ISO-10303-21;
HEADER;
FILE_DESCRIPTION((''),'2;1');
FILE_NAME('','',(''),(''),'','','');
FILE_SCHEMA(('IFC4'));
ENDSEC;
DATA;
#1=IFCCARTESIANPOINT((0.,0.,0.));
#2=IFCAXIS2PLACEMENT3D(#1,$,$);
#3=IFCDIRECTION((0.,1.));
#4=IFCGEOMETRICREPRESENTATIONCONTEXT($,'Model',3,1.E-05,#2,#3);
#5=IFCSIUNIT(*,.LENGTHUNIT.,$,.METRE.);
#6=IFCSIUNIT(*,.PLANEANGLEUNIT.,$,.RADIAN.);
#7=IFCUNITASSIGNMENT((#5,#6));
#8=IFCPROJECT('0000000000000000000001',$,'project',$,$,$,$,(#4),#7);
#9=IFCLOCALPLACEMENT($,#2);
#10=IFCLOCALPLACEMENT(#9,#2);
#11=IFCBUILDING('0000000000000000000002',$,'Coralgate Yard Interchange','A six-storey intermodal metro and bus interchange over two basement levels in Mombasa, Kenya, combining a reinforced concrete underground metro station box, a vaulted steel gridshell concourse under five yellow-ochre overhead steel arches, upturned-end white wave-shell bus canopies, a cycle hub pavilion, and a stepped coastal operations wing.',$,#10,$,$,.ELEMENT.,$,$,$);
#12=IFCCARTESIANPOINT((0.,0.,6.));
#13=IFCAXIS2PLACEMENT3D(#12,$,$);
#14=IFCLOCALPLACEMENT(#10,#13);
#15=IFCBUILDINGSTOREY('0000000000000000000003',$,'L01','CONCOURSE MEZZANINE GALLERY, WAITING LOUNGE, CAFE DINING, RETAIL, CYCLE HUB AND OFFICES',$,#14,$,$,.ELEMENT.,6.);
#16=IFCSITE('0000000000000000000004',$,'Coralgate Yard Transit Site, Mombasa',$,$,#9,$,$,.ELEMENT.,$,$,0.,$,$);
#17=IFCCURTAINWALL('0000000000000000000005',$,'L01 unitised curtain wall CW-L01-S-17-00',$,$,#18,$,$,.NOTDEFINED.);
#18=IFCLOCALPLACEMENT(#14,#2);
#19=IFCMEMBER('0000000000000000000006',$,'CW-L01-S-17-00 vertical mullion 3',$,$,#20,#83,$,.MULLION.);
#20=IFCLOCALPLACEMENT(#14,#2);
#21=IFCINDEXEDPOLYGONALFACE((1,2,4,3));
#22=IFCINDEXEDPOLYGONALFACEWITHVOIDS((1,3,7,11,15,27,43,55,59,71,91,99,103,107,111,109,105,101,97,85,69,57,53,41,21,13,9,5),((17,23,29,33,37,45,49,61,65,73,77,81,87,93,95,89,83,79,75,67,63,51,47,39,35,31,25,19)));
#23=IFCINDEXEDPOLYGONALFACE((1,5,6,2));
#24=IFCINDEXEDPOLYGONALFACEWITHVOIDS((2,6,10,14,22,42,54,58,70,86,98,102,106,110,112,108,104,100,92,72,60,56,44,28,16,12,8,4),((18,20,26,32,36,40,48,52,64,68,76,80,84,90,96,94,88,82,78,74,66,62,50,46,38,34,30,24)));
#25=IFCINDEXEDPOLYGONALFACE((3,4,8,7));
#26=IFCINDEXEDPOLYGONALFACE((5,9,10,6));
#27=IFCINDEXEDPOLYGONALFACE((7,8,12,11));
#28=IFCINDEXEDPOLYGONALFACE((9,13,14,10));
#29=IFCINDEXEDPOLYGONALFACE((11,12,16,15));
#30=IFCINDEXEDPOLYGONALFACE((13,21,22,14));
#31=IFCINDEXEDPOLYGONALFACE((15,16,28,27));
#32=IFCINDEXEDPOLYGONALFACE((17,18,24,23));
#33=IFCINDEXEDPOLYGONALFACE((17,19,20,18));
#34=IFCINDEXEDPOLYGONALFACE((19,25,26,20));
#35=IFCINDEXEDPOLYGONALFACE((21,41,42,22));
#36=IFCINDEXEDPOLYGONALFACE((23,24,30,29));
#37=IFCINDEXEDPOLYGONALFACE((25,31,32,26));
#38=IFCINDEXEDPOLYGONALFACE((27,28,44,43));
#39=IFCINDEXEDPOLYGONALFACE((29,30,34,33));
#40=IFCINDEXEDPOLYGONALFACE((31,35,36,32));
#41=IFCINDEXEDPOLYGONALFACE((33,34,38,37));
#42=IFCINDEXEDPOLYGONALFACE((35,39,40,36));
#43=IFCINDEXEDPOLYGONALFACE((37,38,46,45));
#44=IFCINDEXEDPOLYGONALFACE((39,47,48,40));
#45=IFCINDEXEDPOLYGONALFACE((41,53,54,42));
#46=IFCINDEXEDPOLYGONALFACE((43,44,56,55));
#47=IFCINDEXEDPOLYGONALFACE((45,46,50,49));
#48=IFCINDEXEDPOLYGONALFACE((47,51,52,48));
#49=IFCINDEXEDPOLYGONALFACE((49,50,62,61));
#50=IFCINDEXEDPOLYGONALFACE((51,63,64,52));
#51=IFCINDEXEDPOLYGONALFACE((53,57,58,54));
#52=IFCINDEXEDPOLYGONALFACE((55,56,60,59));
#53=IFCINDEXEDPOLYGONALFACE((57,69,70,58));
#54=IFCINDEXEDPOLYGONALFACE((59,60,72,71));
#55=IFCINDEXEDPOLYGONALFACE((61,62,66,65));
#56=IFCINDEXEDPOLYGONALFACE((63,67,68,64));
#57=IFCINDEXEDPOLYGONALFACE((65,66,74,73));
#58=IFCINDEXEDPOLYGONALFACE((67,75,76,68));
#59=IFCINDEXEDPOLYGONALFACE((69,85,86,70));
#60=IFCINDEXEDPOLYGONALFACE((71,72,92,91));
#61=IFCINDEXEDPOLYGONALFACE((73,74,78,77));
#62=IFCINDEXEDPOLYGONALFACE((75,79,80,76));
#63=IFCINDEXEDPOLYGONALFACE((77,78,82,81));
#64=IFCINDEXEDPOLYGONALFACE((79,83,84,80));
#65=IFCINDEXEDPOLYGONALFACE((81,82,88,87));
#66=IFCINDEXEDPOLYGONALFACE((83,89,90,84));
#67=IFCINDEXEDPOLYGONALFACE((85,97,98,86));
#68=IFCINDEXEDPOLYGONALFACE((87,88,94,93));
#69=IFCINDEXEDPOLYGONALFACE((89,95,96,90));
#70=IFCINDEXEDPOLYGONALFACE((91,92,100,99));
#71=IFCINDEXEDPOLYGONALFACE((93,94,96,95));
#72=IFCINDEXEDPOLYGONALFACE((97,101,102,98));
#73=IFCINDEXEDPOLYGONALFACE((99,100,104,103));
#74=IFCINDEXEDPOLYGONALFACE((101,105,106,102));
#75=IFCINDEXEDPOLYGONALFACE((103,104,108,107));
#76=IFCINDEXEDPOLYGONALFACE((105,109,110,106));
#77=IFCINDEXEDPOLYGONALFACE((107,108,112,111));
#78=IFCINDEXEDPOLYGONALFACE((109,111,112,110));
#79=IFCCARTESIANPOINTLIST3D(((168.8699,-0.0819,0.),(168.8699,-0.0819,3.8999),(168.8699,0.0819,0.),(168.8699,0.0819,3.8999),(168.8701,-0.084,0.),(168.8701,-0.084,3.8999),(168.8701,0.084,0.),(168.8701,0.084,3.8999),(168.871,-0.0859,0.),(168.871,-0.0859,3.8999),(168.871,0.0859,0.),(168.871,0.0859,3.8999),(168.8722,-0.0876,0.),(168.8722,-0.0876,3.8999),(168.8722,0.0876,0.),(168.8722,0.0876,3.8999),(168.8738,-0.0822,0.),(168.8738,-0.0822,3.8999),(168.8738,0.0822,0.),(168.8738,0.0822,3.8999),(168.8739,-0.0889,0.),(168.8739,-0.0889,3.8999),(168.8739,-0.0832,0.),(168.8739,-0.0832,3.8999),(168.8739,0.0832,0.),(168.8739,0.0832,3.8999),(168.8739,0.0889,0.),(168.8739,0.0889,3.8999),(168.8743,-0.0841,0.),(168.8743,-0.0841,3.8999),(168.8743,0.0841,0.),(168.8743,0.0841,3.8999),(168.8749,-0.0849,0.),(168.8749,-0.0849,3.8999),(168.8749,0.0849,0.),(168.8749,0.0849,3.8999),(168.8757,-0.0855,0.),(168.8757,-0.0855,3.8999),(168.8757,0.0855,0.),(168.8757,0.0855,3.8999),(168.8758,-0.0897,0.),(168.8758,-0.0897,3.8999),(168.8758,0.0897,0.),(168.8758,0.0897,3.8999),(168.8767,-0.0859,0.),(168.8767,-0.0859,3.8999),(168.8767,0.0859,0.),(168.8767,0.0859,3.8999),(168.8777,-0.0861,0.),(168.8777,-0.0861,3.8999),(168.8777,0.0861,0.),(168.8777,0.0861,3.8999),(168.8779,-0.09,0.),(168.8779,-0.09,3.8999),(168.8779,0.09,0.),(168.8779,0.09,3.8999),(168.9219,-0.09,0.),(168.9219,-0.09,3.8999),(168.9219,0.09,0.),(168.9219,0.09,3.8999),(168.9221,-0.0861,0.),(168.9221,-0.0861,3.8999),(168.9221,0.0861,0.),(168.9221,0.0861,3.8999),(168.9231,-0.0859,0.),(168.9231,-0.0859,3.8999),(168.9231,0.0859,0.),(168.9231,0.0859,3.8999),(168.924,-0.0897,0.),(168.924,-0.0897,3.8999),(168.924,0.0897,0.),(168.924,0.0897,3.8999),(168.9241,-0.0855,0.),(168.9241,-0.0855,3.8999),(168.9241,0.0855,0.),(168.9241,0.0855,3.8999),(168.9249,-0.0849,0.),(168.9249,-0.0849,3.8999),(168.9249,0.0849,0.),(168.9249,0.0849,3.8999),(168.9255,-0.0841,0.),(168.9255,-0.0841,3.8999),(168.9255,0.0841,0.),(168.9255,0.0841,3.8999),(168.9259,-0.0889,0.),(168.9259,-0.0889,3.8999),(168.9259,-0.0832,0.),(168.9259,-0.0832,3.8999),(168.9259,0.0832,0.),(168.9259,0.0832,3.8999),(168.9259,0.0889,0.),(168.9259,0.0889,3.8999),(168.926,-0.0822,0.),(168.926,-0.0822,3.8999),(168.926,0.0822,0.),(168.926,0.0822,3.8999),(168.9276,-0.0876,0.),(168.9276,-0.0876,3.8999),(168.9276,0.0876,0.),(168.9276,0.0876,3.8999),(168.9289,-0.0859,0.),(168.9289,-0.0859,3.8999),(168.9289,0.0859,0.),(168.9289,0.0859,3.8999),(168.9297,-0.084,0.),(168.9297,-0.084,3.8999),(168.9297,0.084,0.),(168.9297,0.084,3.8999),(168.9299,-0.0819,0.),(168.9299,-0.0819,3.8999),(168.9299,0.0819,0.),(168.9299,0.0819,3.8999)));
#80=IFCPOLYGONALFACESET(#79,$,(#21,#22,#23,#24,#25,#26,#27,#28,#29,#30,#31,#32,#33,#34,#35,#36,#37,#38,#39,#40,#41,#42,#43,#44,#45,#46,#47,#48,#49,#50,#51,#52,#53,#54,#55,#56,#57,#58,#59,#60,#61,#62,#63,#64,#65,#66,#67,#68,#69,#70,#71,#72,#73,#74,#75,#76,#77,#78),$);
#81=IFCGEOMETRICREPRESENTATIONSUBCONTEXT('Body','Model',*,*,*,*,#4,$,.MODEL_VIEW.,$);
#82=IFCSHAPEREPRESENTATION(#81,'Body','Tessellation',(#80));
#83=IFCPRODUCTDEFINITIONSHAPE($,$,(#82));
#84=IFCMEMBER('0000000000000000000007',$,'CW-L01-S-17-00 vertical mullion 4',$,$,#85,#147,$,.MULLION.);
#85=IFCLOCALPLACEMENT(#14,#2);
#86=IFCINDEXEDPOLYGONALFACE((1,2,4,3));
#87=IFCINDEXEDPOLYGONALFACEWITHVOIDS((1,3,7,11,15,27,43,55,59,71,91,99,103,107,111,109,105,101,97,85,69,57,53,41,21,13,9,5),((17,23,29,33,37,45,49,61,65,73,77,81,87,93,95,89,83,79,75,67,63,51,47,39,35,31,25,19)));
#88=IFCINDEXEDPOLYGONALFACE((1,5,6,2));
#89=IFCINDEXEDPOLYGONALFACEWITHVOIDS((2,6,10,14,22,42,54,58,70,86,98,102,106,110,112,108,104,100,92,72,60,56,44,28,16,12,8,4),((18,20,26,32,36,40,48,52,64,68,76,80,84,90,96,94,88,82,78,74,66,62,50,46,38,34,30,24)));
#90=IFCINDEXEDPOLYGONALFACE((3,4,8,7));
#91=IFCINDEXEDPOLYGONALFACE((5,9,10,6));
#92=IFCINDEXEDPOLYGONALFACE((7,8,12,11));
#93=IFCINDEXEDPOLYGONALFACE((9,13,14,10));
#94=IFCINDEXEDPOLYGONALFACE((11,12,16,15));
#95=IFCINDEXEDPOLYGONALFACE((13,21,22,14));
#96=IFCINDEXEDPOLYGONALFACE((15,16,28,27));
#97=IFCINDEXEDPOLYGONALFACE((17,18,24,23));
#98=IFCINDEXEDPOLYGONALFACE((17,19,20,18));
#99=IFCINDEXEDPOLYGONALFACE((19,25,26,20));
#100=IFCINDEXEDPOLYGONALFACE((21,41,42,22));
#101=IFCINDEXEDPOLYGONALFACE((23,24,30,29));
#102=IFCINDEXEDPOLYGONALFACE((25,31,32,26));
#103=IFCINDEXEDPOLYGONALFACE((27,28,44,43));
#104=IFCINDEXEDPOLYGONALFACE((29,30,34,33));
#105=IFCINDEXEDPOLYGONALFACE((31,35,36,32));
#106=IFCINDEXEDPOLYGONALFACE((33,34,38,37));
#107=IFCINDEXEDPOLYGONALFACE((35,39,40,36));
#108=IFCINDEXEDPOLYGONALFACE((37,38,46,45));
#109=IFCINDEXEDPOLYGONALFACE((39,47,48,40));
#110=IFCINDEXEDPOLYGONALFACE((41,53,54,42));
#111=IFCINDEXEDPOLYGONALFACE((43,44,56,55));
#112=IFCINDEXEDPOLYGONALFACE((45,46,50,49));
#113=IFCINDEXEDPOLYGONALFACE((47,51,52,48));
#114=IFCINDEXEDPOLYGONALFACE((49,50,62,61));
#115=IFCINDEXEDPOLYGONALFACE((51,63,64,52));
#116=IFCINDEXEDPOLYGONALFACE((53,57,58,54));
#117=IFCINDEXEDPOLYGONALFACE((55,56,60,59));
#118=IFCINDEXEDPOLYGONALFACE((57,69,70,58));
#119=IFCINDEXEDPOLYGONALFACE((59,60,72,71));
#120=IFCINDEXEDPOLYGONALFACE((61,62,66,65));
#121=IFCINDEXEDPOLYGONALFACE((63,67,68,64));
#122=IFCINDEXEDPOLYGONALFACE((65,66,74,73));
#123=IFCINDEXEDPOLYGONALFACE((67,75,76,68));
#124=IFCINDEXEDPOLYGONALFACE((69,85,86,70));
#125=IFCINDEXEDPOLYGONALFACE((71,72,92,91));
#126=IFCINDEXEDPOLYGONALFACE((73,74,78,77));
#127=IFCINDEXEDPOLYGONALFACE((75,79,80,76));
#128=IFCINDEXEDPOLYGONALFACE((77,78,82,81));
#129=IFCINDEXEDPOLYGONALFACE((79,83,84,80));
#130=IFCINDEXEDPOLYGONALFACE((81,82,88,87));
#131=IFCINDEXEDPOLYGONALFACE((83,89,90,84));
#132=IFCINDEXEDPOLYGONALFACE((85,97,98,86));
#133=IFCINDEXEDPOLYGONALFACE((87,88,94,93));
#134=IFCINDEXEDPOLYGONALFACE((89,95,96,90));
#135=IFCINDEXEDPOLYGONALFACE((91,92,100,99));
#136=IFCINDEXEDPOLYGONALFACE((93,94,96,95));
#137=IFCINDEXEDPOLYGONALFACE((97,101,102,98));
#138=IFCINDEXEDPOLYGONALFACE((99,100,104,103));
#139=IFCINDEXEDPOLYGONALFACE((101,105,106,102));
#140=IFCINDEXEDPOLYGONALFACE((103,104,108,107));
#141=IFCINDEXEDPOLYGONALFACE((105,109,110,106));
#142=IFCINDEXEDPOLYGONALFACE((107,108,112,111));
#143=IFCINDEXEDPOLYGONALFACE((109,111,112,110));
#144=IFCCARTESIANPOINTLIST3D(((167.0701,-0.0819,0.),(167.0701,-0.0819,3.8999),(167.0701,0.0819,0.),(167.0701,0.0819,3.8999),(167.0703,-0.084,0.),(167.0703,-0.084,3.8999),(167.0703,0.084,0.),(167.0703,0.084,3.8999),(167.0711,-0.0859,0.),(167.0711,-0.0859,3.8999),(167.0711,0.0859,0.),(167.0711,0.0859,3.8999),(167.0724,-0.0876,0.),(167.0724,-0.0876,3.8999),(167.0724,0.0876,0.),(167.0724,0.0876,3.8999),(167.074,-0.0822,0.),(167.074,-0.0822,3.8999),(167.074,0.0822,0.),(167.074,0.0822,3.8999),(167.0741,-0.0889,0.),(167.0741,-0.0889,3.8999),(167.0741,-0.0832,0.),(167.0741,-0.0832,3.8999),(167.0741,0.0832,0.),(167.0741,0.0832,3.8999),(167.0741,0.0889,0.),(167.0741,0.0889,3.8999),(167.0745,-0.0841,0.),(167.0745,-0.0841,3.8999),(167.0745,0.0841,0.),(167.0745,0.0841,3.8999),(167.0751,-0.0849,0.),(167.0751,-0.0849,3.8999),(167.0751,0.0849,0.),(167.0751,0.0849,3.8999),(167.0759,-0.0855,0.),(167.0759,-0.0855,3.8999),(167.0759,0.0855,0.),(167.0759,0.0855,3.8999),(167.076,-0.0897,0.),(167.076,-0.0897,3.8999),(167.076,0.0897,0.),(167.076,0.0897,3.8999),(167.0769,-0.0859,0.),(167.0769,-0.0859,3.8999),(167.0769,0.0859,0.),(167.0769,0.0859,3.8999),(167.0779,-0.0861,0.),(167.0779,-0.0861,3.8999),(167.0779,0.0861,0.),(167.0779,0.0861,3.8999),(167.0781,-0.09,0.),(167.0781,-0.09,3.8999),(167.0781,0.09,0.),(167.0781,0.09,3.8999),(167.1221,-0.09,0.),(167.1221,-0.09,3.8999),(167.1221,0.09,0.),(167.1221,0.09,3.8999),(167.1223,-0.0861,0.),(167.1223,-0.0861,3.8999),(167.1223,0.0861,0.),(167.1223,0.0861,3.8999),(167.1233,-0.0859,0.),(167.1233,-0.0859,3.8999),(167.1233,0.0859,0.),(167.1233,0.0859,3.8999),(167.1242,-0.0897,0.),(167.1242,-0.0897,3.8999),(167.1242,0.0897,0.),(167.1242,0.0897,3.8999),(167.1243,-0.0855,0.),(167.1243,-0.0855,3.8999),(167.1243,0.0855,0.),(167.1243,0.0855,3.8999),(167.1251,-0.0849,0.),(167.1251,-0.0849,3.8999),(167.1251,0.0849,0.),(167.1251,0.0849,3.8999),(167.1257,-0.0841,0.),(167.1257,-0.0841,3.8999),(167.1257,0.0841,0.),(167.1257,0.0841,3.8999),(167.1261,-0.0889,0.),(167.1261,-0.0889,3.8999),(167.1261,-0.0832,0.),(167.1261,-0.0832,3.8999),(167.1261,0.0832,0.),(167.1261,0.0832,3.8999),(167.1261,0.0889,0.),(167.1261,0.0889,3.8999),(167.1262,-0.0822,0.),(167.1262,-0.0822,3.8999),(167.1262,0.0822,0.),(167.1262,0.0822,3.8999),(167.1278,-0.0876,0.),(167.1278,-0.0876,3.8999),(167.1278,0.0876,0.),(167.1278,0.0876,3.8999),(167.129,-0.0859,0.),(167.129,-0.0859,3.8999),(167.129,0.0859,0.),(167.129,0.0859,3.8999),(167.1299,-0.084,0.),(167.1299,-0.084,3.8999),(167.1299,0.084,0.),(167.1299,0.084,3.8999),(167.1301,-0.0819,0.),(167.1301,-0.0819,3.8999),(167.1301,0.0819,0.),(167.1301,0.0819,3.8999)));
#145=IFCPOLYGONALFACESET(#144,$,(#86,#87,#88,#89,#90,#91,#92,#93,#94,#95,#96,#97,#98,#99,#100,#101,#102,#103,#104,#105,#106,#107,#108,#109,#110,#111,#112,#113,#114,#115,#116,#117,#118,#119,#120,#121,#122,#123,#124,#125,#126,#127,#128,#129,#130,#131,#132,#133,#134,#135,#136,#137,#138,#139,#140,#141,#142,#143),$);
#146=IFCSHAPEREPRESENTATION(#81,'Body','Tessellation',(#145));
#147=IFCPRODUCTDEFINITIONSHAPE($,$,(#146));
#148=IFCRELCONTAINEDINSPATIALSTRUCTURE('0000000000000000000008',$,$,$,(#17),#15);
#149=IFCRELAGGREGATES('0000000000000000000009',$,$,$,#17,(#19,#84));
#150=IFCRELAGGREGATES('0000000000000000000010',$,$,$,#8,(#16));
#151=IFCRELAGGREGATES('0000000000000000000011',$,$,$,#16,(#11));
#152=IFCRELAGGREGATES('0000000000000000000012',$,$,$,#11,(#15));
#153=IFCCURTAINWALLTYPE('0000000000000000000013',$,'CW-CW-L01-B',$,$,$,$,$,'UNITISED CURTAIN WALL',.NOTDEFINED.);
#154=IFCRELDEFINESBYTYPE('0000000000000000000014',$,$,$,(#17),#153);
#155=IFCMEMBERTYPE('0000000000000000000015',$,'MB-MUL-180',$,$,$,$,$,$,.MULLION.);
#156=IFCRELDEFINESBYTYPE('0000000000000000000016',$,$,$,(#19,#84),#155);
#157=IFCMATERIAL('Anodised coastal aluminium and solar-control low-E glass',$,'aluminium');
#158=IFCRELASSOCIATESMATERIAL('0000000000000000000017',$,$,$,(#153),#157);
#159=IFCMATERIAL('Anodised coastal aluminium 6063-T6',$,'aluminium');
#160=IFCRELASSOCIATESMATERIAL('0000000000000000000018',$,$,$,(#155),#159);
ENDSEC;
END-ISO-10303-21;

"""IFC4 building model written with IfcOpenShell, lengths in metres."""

from ifc_helpers import new_model, si_unit, direction, frame, origin, origin_2d, place, context, subcontext, project, spatial, hollow_rectangle, extrude, material, material_profile, profile_set, type_object, element, aggregate, save


model = new_model("IFC4")

# Units and contexts
model_context = context("Model", 3, precision=1e-05, world=origin(), true_north=direction((0.0, 1.0)))
body_context = subcontext(model_context, "Body", "Model", "MODEL_VIEW")
ifc_project = project(units=[si_unit("LENGTHUNIT", "METRE"), si_unit("PLANEANGLEUNIT", "RADIAN")], contexts=[model_context])

# Site, building, storey
site_placement = place(None, origin())
site = spatial("IfcSite", under=ifc_project, at=site_placement, Name="Coralgate Yard Transit Site, Mombasa", CompositionType="ELEMENT", RefElevation=0.0)
building_placement = place(site_placement, origin())
building = spatial("IfcBuilding", under=site, at=building_placement, Name="Coralgate Yard Interchange", Description="A six-storey intermodal metro and bus interchange over two basement levels in Mombasa, Kenya, combining a reinforced concrete underground metro station box, a vaulted steel gridshell concourse under five yellow-ochre overhead steel arches, upturned-end white wave-shell bus canopies, a cycle hub pavilion, and a stepped coastal operations wing.", CompositionType="ELEMENT")
storey_placement = place(building_placement, frame((0.0, 0.0, 6.0)))
storey = spatial("IfcBuildingStorey", under=building, at=storey_placement, Name="L01", Description="CONCOURSE MEZZANINE GALLERY, WAITING LOUNGE, CAFE DINING, RETAIL, CYCLE HUB AND OFFICES", CompositionType="ELEMENT", Elevation=6.0)

# Curtain wall, members
ifc_material_1 = material(Name="Anodised coastal aluminium and solar-control low-E glass", Category="aluminium")
curtain_wall_type = type_object("IfcCurtainWallType", Name="CW-CW-L01-B", ElementType="UNITISED CURTAIN WALL", PredefinedType="NOTDEFINED", material=ifc_material_1)
curtain_wall_placement = place(storey_placement, origin())
curtain_wall = element("IfcCurtainWall", 1, at=curtain_wall_placement, inside=storey, type_object=curtain_wall_type, Name="L01 unitised curtain wall CW-L01-S-17-00", PredefinedType="NOTDEFINED")
ifc_material_2 = material(Name="Anodised coastal aluminium 6063-T6", Category="aluminium")
ifc_material_profile_1 = material_profile(ifc_material_2, hollow_rectangle(XDim=0.0601, YDim=0.1799, WallThickness=0.0039, InnerFilletRadius=0.0039, OuterFilletRadius=0.0081, at=origin_2d()), Name="ALU 60x180x4")
ifc_profile_set_1 = profile_set([ifc_material_profile_1], Name="Anodised coastal aluminium 6063-T6")
member_type_1 = type_object("IfcMemberType", Name="MB-MUL-180", PredefinedType="MULLION", material=ifc_profile_set_1)
member_1_placement = place(storey_placement, frame((168.8999, 0.0, 0.0), z_axis=(0.0, 0.0, 1.0), x_axis=(1.0, 0.0, 0.0)))
member_1 = element("IfcMember", 2, at=member_1_placement, type_object=member_type_1, Name="CW-L01-S-17-00 vertical mullion 3", PredefinedType="MULLION", context=body_context, shape_type="SweptSolid", body=[
    extrude(hollow_rectangle(XDim=0.0601, YDim=0.1799, WallThickness=0.0039, InnerFilletRadius=0.0039, OuterFilletRadius=0.0081, at=origin_2d()), origin(), (0.0, 0.0, 1.0), 3.8999),
])
member_2_placement = place(storey_placement, frame((167.1001, 0.0, 0.0), z_axis=(0.0, 0.0, 1.0), x_axis=(1.0, 0.0, 0.0)))
member_2 = element("IfcMember", 3, at=member_2_placement, type_object=member_type_1, Name="CW-L01-S-17-00 vertical mullion 4", PredefinedType="MULLION", context=body_context, shape_type="SweptSolid", body=[
    extrude(hollow_rectangle(XDim=0.0601, YDim=0.1799, WallThickness=0.0039, InnerFilletRadius=0.0039, OuterFilletRadius=0.0081, at=origin_2d()), origin(), (0.0, 0.0, 1.0), 3.8999),
])
aggregate(curtain_wall, [member_1, member_2])

save(model, "model.ifc")
